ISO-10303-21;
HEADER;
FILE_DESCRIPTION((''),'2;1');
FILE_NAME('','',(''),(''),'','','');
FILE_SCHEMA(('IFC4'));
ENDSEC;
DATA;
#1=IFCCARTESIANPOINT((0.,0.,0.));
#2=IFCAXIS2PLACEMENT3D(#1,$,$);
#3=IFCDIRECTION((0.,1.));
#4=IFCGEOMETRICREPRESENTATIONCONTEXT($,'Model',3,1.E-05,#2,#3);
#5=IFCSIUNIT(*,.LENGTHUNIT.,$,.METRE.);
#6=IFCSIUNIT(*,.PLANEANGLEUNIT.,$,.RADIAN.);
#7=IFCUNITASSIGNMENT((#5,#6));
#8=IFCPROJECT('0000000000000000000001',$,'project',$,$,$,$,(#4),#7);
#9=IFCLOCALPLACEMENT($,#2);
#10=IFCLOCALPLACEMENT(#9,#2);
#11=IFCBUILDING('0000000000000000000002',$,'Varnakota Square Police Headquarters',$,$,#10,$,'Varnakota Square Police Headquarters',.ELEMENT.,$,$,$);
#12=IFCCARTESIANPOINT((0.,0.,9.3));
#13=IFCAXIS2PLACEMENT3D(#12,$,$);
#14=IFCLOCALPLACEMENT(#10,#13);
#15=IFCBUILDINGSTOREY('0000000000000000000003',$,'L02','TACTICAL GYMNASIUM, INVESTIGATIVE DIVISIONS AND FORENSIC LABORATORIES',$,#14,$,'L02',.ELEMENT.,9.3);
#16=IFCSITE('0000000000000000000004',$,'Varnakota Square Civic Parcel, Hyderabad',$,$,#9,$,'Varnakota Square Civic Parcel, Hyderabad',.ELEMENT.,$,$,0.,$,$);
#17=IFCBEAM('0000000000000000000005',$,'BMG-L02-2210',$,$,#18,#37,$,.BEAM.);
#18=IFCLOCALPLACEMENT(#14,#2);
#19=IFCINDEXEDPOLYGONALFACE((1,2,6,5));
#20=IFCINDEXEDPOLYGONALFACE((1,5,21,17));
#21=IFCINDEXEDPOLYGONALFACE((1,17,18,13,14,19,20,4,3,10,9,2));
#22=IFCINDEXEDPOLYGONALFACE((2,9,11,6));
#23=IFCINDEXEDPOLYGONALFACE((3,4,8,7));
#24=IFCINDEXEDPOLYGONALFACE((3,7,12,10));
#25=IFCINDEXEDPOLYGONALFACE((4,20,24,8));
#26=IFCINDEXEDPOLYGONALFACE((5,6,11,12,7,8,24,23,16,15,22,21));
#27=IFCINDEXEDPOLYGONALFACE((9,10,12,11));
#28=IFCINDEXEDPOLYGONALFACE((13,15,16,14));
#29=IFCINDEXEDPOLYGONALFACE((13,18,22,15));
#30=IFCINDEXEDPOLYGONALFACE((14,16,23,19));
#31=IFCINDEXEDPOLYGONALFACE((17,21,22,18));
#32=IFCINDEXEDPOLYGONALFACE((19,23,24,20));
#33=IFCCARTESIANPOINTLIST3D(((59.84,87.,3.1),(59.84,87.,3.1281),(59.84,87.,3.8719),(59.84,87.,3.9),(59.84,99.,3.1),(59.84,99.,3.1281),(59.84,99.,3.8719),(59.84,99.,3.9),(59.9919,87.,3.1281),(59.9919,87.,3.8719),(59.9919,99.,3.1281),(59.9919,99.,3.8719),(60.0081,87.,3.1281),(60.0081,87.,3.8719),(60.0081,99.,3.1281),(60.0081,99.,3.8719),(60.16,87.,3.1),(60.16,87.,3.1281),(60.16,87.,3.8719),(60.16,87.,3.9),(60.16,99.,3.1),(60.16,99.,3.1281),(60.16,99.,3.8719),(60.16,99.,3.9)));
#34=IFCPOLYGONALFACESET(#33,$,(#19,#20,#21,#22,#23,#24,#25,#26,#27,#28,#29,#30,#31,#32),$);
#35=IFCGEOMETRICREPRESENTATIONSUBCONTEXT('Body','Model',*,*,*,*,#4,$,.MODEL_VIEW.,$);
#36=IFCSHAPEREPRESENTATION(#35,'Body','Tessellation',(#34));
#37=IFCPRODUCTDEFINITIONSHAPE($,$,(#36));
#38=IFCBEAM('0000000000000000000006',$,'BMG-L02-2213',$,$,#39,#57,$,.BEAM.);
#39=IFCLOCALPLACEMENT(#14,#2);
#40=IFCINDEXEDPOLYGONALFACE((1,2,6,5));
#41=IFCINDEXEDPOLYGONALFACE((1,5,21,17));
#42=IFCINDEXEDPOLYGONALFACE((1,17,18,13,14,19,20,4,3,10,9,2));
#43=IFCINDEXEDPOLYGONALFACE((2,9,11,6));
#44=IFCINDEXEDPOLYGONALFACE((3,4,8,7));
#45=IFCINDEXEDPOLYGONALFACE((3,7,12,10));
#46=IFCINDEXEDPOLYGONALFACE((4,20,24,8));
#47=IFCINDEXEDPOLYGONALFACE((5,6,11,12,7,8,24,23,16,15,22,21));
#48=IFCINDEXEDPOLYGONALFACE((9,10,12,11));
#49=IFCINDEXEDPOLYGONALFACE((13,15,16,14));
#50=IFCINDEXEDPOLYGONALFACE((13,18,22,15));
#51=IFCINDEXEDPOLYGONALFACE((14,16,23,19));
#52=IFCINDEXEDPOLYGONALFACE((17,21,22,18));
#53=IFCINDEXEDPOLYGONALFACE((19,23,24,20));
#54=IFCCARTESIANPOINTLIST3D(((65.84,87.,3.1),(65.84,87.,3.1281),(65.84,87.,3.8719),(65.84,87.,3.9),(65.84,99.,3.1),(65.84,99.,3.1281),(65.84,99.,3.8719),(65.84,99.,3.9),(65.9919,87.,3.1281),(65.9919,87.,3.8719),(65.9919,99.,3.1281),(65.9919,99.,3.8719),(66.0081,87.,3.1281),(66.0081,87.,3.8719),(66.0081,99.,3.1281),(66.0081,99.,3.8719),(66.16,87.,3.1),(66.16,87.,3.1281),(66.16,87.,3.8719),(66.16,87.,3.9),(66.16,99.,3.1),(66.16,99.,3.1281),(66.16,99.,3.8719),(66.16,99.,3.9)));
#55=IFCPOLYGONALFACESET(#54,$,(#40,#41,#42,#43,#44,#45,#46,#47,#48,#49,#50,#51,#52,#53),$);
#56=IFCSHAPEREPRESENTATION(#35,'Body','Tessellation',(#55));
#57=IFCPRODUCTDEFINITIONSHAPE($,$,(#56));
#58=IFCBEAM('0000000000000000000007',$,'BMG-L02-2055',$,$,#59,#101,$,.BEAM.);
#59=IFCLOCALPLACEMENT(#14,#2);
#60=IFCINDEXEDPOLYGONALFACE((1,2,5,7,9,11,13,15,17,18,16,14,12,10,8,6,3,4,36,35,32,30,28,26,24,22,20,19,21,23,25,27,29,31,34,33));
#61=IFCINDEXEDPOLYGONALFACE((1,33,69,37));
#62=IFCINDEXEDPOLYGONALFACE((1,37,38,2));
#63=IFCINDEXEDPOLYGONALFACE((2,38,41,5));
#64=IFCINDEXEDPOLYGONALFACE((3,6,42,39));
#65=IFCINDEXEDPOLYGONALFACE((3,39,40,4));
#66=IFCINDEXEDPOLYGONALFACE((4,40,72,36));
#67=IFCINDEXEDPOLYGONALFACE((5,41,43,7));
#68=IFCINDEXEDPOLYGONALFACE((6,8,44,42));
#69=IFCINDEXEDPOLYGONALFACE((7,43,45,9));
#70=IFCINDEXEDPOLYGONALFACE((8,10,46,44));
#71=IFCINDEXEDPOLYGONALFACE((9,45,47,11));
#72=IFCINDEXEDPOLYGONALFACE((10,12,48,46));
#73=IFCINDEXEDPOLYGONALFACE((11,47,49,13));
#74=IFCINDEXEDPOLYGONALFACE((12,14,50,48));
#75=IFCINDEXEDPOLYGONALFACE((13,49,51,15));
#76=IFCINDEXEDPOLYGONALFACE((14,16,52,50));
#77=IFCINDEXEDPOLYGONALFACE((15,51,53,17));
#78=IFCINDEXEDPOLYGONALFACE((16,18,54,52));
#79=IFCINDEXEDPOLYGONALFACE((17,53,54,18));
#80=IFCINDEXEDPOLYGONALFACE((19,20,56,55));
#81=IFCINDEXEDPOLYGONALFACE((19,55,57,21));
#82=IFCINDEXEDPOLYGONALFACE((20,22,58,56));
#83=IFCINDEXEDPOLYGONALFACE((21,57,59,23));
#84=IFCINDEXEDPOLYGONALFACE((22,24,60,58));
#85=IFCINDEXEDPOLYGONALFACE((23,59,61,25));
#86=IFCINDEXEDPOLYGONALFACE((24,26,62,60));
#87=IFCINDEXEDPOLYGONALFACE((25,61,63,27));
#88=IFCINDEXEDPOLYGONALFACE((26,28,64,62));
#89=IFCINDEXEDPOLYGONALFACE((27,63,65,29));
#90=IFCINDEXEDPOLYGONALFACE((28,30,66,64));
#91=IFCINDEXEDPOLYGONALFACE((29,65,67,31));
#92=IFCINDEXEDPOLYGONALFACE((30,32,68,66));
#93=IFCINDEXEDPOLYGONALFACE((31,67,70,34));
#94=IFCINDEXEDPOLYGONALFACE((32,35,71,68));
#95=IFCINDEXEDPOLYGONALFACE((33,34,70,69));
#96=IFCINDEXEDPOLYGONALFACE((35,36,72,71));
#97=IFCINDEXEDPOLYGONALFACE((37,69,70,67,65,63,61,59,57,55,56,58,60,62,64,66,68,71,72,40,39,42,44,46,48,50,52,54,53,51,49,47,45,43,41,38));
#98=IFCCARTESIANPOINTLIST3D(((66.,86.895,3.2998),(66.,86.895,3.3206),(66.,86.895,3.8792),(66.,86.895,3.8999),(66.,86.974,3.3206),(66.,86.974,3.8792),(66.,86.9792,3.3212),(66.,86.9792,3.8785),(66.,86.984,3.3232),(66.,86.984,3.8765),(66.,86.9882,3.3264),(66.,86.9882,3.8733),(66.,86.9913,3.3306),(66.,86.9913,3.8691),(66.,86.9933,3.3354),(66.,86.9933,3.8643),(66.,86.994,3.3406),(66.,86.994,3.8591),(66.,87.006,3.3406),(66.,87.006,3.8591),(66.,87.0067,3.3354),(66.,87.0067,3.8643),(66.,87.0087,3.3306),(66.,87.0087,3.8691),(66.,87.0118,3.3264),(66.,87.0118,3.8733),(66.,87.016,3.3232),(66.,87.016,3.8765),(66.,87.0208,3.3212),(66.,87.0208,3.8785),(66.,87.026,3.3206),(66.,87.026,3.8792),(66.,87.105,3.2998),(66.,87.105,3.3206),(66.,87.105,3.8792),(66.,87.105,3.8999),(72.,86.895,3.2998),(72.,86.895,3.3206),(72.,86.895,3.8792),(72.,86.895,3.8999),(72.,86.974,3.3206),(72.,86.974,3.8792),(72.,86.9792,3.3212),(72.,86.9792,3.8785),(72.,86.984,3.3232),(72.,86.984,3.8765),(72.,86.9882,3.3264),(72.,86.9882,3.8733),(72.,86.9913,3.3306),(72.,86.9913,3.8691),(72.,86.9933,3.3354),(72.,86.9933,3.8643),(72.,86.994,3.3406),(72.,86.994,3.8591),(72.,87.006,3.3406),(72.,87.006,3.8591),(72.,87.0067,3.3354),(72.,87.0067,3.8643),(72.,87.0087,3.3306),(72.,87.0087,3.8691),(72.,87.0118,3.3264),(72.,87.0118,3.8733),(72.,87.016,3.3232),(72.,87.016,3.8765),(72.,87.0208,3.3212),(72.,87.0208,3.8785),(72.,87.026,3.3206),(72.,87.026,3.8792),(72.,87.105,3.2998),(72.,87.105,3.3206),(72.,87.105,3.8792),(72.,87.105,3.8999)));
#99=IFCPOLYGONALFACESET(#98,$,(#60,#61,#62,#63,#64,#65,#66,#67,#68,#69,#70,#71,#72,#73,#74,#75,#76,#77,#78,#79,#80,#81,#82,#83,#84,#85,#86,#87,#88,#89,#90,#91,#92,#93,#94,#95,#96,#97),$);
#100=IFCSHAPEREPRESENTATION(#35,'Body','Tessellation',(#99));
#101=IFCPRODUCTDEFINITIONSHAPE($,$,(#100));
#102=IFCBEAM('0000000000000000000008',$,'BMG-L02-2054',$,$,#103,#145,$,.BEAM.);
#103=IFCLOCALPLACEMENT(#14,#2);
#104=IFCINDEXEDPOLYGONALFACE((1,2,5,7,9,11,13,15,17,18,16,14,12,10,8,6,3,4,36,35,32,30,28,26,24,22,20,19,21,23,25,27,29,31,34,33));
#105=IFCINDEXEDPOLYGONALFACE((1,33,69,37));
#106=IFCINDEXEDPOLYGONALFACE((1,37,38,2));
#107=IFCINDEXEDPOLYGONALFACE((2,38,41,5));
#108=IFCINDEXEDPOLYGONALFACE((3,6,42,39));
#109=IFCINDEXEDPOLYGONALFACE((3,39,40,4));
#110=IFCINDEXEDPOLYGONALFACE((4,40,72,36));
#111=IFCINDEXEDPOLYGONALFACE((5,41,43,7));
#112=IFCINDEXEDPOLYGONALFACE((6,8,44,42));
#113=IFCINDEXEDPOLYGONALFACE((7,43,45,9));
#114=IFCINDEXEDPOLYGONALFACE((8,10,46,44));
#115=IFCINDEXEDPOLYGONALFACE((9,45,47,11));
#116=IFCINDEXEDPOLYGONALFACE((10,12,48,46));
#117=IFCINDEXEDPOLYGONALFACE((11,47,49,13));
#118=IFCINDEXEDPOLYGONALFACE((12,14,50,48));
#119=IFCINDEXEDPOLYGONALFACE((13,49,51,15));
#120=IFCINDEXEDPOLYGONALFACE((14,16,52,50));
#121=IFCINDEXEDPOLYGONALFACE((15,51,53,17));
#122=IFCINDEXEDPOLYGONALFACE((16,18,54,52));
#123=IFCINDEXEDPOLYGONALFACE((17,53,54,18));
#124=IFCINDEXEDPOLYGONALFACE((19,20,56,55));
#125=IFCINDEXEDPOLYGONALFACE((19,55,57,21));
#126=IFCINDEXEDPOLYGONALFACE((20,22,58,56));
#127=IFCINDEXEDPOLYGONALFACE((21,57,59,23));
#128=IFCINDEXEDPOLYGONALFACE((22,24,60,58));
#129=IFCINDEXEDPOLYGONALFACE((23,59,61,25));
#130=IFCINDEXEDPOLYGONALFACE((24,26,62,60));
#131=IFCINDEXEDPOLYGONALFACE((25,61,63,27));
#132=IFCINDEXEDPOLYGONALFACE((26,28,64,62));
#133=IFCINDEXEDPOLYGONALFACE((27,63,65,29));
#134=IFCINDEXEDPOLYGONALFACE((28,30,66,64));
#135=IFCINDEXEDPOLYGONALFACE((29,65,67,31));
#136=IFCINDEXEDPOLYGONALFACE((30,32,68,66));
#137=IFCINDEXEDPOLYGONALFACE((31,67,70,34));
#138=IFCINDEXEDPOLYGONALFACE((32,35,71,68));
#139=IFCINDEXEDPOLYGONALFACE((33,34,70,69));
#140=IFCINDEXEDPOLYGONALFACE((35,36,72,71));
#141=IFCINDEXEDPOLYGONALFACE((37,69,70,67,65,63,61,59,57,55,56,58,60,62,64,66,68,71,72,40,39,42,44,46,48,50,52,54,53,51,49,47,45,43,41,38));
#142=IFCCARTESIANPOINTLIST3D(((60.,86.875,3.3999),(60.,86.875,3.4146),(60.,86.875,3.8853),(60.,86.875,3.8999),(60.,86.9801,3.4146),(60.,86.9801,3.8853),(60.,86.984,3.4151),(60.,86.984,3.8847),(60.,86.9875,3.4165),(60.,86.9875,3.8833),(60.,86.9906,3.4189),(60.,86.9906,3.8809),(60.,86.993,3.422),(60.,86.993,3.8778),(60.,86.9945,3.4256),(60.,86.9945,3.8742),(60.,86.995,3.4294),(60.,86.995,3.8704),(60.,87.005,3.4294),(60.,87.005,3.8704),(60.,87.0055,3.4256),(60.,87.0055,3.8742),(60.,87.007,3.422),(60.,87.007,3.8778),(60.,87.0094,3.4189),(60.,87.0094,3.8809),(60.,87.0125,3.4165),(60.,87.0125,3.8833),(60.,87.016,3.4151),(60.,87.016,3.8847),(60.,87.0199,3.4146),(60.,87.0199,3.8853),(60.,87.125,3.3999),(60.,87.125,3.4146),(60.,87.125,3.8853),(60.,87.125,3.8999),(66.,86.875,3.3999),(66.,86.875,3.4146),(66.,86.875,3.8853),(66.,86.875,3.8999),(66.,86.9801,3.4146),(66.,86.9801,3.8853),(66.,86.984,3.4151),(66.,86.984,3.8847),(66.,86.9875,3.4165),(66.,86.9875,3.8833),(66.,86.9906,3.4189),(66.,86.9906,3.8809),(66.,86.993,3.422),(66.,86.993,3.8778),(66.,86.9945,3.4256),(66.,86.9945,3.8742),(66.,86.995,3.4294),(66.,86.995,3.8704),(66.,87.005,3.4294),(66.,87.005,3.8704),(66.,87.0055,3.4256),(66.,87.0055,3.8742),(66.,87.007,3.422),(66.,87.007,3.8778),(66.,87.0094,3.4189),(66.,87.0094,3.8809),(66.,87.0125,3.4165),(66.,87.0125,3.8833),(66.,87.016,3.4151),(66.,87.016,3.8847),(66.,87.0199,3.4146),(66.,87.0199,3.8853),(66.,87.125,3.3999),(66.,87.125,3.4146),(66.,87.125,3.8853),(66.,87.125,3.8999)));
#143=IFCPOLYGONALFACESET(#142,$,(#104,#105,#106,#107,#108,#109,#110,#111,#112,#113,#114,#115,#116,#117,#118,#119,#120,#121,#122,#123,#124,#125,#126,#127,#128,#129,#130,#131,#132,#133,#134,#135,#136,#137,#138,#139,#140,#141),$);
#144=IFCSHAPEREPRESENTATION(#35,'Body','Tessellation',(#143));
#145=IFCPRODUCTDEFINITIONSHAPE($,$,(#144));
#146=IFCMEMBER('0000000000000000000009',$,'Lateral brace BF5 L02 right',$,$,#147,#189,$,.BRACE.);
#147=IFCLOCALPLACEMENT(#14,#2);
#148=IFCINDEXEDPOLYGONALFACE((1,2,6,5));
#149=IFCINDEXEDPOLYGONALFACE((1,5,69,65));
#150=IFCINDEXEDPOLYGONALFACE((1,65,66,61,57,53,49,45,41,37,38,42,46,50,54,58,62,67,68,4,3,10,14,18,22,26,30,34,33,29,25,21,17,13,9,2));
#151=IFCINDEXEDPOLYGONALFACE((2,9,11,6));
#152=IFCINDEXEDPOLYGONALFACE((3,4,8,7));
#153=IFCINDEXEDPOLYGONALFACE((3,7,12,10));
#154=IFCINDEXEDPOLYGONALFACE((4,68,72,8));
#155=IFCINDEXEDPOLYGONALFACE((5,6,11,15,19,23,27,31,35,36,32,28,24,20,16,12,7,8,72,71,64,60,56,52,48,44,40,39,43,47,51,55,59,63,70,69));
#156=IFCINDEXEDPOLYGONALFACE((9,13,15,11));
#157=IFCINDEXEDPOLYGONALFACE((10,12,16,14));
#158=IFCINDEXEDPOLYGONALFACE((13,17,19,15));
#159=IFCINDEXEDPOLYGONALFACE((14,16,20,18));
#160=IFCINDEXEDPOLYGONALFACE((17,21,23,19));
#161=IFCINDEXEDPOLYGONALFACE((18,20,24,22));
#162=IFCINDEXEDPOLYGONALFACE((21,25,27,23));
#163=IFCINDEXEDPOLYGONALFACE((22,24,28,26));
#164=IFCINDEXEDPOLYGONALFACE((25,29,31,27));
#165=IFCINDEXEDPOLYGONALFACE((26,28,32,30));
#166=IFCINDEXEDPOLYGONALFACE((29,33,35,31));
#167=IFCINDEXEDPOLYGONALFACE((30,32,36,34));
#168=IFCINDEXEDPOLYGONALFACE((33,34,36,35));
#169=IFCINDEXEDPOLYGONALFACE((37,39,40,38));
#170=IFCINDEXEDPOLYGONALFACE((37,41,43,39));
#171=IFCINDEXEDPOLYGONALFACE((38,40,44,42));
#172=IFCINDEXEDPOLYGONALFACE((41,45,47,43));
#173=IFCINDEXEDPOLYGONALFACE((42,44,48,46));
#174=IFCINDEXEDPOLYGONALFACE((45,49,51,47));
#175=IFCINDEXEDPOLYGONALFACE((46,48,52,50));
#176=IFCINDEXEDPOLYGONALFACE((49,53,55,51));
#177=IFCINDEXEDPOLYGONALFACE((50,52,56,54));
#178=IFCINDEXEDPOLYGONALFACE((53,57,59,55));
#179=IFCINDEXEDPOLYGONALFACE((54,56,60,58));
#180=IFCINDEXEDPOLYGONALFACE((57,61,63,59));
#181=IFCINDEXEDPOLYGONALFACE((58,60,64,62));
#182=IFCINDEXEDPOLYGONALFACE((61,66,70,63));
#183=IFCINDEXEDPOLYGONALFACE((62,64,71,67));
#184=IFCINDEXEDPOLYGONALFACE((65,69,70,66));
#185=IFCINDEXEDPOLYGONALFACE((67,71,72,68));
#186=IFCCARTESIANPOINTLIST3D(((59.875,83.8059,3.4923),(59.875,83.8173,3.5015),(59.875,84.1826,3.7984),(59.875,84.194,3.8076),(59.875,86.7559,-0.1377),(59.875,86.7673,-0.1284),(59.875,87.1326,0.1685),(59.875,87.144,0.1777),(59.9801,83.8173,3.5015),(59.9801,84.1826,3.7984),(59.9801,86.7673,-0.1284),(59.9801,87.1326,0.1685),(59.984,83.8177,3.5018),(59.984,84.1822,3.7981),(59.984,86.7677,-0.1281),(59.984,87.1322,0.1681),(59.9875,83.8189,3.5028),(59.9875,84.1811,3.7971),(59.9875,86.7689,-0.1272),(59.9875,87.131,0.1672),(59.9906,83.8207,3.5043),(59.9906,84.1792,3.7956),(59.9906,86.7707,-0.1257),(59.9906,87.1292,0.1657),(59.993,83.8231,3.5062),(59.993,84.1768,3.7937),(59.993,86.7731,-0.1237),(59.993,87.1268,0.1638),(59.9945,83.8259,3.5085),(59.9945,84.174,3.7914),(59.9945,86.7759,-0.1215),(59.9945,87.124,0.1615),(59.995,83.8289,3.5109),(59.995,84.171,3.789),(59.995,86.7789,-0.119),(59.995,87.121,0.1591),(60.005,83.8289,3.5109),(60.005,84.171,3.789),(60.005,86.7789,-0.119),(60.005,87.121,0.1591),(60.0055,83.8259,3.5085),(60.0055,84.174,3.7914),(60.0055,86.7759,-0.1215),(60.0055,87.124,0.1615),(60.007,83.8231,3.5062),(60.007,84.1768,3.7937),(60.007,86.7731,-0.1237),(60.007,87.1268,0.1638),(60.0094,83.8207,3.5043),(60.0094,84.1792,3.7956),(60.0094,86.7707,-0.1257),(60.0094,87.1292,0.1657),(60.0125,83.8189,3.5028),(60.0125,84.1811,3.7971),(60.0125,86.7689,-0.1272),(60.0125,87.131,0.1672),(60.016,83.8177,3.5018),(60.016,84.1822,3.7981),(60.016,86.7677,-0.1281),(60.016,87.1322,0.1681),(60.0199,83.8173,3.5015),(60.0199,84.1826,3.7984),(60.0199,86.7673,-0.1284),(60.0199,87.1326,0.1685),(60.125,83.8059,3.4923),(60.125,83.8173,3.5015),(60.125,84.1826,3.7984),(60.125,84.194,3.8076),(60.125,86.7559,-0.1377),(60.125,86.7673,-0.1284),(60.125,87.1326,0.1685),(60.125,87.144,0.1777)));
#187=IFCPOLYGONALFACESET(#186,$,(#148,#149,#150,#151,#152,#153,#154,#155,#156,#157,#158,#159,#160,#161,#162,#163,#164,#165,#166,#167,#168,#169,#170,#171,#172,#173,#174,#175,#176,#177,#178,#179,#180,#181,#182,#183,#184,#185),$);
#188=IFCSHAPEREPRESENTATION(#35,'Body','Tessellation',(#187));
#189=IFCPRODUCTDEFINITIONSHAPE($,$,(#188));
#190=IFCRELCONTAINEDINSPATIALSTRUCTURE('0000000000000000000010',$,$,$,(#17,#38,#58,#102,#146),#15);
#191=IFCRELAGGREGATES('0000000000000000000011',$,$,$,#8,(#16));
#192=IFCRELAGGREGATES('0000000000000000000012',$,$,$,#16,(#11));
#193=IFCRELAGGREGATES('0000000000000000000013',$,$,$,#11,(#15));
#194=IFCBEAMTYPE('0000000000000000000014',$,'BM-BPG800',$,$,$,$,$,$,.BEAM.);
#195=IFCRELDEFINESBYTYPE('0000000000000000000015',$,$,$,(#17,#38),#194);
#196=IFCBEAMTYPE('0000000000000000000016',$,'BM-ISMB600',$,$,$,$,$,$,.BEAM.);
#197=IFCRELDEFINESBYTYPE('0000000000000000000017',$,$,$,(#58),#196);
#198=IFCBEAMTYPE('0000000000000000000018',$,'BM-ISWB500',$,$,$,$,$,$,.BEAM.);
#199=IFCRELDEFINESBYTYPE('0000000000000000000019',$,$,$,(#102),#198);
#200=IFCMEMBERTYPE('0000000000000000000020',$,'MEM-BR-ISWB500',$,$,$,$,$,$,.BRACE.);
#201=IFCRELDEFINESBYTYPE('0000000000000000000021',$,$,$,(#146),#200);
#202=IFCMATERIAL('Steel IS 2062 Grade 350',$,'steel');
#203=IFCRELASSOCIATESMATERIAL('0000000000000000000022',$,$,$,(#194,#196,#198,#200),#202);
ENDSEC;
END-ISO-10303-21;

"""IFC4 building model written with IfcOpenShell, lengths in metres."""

from ifc_helpers import new_model, si_unit, direction, frame, origin, origin_2d, place, context, subcontext, project, spatial, i_section, extrude, material, material_profile, profile_set, type_object, element, save


model = new_model("IFC4")

# Units and contexts
model_context = context("Model", 3, precision=1e-05, world=origin(), true_north=direction((0.0, 1.0)))
body_context = subcontext(model_context, "Body", "Model", "MODEL_VIEW")
ifc_project = project(units=[si_unit("LENGTHUNIT", "METRE"), si_unit("PLANEANGLEUNIT", "RADIAN")], contexts=[model_context])

# Site, building, storey
site_placement = place(None, origin())
site = spatial("IfcSite", under=ifc_project, at=site_placement, Name="Varnakota Square Civic Parcel, Hyderabad", LongName="Varnakota Square Civic Parcel, Hyderabad", CompositionType="ELEMENT", RefElevation=0.0)
building_placement = place(site_placement, origin())
building = spatial("IfcBuilding", under=site, at=building_placement, Name="Varnakota Square Police Headquarters", LongName="Varnakota Square Police Headquarters", CompositionType="ELEMENT")
storey_placement = place(building_placement, frame((0.0, 0.0, 9.3)))
storey = spatial("IfcBuildingStorey", under=building, at=storey_placement, Name="L02", Description="TACTICAL GYMNASIUM, INVESTIGATIVE DIVISIONS AND FORENSIC LABORATORIES", LongName="L02", CompositionType="ELEMENT", Elevation=9.3)

# Shared definitions
ifc_material_1 = material(Name="Steel IS 2062 Grade 350", Category="steel")

# Beams
ifc_material_profile_1 = material_profile(ifc_material_1, i_section(OverallWidth=0.3201, OverallDepth=0.8, WebThickness=0.0161, FlangeThickness=0.0281, at=origin_2d()), Name="BPG 800x320")
ifc_profile_set_1 = profile_set([ifc_material_profile_1], Name="Steel IS 2062 Grade 350")
beam_type_1 = type_object("IfcBeamType", Name="BM-BPG800", PredefinedType="BEAM", material=ifc_profile_set_1)
for number, where, z_axis, x_axis, name in (
    (1, (60.0, 87.0, 3.5), (0.0, 1.0, 0.0), (-1.0, 0.0, 0.0), "BMG-L02-2210"),
    (2, (66.0, 87.0, 3.5), (0.0, 1.0, 0.0), (-1.0, 0.0, 0.0), "BMG-L02-2213"),
):
    element("IfcBeam", number, at=place(storey_placement, frame(where, z_axis=z_axis, x_axis=x_axis)), inside=storey, type_object=beam_type_1, Name=name, PredefinedType="BEAM", context=body_context, shape_type="SweptSolid", body=[
        extrude(i_section(OverallWidth=0.3201, OverallDepth=0.8, WebThickness=0.0161, FlangeThickness=0.0281, at=origin_2d()), origin(), (0.0, 0.0, 1.0), 12.0),
    ])
ifc_material_profile_2 = material_profile(ifc_material_1, i_section(OverallWidth=0.21, OverallDepth=0.6001, WebThickness=0.012, FlangeThickness=0.0208, FilletRadius=0.02, at=origin_2d()), Name="ISMB 600")
ifc_profile_set_2 = profile_set([ifc_material_profile_2], Name="Steel IS 2062 Grade 350")
beam_type_2 = type_object("IfcBeamType", Name="BM-ISMB600", PredefinedType="BEAM", material=ifc_profile_set_2)
beam_1_placement = place(storey_placement, frame((66.0, 87.0, 3.5999), z_axis=(1.0, 0.0, 0.0), x_axis=(0.0, 1.0, 0.0)))
element("IfcBeam", 3, at=beam_1_placement, inside=storey, type_object=beam_type_2, Name="BMG-L02-2055", PredefinedType="BEAM", context=body_context, shape_type="SweptSolid", body=[
    extrude(i_section(OverallWidth=0.21, OverallDepth=0.6001, WebThickness=0.012, FlangeThickness=0.0208, FilletRadius=0.02, at=origin_2d()), origin(), (0.0, 0.0, 1.0), 6.0),
])
ifc_material_profile_3 = material_profile(ifc_material_1, i_section(OverallWidth=0.25, OverallDepth=0.5, WebThickness=0.01, FlangeThickness=0.0146, FilletRadius=0.0149, at=origin_2d()), Name="ISWB 500")
ifc_profile_set_3 = profile_set([ifc_material_profile_3], Name="Steel IS 2062 Grade 350")
beam_type_3 = type_object("IfcBeamType", Name="BM-ISWB500", PredefinedType="BEAM", material=ifc_profile_set_3)
beam_2_placement = place(storey_placement, frame((60.0, 87.0, 3.6499), z_axis=(1.0, 0.0, 0.0), x_axis=(0.0, 1.0, 0.0)))
element("IfcBeam", 4, at=beam_2_placement, inside=storey, type_object=beam_type_3, Name="BMG-L02-2054", PredefinedType="BEAM", context=body_context, shape_type="SweptSolid", body=[
    extrude(i_section(OverallWidth=0.25, OverallDepth=0.5, WebThickness=0.01, FlangeThickness=0.0146, FilletRadius=0.0149, at=origin_2d()), origin(), (0.0, 0.0, 1.0), 6.0),
])

# Member
ifc_material_profile_4 = material_profile(ifc_material_1, i_section(OverallWidth=0.25, OverallDepth=0.5, WebThickness=0.01, FlangeThickness=0.0146, FilletRadius=0.0149, at=origin_2d()), Name="ISWB 500")
ifc_profile_set_4 = profile_set([ifc_material_profile_4], Name="Steel IS 2062 Grade 350")
member_type = type_object("IfcMemberType", Name="MEM-BR-ISWB500", PredefinedType="BRACE", material=ifc_profile_set_4)
member_placement = place(storey_placement, frame((60.0, 86.95, 0.02), z_axis=(0.0, -0.630679, 0.776044), x_axis=(1.0, 0.0, 0.0)))
element("IfcMember", 5, at=member_placement, inside=storey, type_object=member_type, Name="Lateral brace BF5 L02 right", PredefinedType="BRACE", context=body_context, shape_type="SweptSolid", body=[
    extrude(i_section(OverallWidth=0.25, OverallDepth=0.5, WebThickness=0.01, FlangeThickness=0.0146, FilletRadius=0.0149, at=origin_2d()), origin(), (0.0, 0.0, 1.0), 4.6775),
])

save(model, "model.ifc")
